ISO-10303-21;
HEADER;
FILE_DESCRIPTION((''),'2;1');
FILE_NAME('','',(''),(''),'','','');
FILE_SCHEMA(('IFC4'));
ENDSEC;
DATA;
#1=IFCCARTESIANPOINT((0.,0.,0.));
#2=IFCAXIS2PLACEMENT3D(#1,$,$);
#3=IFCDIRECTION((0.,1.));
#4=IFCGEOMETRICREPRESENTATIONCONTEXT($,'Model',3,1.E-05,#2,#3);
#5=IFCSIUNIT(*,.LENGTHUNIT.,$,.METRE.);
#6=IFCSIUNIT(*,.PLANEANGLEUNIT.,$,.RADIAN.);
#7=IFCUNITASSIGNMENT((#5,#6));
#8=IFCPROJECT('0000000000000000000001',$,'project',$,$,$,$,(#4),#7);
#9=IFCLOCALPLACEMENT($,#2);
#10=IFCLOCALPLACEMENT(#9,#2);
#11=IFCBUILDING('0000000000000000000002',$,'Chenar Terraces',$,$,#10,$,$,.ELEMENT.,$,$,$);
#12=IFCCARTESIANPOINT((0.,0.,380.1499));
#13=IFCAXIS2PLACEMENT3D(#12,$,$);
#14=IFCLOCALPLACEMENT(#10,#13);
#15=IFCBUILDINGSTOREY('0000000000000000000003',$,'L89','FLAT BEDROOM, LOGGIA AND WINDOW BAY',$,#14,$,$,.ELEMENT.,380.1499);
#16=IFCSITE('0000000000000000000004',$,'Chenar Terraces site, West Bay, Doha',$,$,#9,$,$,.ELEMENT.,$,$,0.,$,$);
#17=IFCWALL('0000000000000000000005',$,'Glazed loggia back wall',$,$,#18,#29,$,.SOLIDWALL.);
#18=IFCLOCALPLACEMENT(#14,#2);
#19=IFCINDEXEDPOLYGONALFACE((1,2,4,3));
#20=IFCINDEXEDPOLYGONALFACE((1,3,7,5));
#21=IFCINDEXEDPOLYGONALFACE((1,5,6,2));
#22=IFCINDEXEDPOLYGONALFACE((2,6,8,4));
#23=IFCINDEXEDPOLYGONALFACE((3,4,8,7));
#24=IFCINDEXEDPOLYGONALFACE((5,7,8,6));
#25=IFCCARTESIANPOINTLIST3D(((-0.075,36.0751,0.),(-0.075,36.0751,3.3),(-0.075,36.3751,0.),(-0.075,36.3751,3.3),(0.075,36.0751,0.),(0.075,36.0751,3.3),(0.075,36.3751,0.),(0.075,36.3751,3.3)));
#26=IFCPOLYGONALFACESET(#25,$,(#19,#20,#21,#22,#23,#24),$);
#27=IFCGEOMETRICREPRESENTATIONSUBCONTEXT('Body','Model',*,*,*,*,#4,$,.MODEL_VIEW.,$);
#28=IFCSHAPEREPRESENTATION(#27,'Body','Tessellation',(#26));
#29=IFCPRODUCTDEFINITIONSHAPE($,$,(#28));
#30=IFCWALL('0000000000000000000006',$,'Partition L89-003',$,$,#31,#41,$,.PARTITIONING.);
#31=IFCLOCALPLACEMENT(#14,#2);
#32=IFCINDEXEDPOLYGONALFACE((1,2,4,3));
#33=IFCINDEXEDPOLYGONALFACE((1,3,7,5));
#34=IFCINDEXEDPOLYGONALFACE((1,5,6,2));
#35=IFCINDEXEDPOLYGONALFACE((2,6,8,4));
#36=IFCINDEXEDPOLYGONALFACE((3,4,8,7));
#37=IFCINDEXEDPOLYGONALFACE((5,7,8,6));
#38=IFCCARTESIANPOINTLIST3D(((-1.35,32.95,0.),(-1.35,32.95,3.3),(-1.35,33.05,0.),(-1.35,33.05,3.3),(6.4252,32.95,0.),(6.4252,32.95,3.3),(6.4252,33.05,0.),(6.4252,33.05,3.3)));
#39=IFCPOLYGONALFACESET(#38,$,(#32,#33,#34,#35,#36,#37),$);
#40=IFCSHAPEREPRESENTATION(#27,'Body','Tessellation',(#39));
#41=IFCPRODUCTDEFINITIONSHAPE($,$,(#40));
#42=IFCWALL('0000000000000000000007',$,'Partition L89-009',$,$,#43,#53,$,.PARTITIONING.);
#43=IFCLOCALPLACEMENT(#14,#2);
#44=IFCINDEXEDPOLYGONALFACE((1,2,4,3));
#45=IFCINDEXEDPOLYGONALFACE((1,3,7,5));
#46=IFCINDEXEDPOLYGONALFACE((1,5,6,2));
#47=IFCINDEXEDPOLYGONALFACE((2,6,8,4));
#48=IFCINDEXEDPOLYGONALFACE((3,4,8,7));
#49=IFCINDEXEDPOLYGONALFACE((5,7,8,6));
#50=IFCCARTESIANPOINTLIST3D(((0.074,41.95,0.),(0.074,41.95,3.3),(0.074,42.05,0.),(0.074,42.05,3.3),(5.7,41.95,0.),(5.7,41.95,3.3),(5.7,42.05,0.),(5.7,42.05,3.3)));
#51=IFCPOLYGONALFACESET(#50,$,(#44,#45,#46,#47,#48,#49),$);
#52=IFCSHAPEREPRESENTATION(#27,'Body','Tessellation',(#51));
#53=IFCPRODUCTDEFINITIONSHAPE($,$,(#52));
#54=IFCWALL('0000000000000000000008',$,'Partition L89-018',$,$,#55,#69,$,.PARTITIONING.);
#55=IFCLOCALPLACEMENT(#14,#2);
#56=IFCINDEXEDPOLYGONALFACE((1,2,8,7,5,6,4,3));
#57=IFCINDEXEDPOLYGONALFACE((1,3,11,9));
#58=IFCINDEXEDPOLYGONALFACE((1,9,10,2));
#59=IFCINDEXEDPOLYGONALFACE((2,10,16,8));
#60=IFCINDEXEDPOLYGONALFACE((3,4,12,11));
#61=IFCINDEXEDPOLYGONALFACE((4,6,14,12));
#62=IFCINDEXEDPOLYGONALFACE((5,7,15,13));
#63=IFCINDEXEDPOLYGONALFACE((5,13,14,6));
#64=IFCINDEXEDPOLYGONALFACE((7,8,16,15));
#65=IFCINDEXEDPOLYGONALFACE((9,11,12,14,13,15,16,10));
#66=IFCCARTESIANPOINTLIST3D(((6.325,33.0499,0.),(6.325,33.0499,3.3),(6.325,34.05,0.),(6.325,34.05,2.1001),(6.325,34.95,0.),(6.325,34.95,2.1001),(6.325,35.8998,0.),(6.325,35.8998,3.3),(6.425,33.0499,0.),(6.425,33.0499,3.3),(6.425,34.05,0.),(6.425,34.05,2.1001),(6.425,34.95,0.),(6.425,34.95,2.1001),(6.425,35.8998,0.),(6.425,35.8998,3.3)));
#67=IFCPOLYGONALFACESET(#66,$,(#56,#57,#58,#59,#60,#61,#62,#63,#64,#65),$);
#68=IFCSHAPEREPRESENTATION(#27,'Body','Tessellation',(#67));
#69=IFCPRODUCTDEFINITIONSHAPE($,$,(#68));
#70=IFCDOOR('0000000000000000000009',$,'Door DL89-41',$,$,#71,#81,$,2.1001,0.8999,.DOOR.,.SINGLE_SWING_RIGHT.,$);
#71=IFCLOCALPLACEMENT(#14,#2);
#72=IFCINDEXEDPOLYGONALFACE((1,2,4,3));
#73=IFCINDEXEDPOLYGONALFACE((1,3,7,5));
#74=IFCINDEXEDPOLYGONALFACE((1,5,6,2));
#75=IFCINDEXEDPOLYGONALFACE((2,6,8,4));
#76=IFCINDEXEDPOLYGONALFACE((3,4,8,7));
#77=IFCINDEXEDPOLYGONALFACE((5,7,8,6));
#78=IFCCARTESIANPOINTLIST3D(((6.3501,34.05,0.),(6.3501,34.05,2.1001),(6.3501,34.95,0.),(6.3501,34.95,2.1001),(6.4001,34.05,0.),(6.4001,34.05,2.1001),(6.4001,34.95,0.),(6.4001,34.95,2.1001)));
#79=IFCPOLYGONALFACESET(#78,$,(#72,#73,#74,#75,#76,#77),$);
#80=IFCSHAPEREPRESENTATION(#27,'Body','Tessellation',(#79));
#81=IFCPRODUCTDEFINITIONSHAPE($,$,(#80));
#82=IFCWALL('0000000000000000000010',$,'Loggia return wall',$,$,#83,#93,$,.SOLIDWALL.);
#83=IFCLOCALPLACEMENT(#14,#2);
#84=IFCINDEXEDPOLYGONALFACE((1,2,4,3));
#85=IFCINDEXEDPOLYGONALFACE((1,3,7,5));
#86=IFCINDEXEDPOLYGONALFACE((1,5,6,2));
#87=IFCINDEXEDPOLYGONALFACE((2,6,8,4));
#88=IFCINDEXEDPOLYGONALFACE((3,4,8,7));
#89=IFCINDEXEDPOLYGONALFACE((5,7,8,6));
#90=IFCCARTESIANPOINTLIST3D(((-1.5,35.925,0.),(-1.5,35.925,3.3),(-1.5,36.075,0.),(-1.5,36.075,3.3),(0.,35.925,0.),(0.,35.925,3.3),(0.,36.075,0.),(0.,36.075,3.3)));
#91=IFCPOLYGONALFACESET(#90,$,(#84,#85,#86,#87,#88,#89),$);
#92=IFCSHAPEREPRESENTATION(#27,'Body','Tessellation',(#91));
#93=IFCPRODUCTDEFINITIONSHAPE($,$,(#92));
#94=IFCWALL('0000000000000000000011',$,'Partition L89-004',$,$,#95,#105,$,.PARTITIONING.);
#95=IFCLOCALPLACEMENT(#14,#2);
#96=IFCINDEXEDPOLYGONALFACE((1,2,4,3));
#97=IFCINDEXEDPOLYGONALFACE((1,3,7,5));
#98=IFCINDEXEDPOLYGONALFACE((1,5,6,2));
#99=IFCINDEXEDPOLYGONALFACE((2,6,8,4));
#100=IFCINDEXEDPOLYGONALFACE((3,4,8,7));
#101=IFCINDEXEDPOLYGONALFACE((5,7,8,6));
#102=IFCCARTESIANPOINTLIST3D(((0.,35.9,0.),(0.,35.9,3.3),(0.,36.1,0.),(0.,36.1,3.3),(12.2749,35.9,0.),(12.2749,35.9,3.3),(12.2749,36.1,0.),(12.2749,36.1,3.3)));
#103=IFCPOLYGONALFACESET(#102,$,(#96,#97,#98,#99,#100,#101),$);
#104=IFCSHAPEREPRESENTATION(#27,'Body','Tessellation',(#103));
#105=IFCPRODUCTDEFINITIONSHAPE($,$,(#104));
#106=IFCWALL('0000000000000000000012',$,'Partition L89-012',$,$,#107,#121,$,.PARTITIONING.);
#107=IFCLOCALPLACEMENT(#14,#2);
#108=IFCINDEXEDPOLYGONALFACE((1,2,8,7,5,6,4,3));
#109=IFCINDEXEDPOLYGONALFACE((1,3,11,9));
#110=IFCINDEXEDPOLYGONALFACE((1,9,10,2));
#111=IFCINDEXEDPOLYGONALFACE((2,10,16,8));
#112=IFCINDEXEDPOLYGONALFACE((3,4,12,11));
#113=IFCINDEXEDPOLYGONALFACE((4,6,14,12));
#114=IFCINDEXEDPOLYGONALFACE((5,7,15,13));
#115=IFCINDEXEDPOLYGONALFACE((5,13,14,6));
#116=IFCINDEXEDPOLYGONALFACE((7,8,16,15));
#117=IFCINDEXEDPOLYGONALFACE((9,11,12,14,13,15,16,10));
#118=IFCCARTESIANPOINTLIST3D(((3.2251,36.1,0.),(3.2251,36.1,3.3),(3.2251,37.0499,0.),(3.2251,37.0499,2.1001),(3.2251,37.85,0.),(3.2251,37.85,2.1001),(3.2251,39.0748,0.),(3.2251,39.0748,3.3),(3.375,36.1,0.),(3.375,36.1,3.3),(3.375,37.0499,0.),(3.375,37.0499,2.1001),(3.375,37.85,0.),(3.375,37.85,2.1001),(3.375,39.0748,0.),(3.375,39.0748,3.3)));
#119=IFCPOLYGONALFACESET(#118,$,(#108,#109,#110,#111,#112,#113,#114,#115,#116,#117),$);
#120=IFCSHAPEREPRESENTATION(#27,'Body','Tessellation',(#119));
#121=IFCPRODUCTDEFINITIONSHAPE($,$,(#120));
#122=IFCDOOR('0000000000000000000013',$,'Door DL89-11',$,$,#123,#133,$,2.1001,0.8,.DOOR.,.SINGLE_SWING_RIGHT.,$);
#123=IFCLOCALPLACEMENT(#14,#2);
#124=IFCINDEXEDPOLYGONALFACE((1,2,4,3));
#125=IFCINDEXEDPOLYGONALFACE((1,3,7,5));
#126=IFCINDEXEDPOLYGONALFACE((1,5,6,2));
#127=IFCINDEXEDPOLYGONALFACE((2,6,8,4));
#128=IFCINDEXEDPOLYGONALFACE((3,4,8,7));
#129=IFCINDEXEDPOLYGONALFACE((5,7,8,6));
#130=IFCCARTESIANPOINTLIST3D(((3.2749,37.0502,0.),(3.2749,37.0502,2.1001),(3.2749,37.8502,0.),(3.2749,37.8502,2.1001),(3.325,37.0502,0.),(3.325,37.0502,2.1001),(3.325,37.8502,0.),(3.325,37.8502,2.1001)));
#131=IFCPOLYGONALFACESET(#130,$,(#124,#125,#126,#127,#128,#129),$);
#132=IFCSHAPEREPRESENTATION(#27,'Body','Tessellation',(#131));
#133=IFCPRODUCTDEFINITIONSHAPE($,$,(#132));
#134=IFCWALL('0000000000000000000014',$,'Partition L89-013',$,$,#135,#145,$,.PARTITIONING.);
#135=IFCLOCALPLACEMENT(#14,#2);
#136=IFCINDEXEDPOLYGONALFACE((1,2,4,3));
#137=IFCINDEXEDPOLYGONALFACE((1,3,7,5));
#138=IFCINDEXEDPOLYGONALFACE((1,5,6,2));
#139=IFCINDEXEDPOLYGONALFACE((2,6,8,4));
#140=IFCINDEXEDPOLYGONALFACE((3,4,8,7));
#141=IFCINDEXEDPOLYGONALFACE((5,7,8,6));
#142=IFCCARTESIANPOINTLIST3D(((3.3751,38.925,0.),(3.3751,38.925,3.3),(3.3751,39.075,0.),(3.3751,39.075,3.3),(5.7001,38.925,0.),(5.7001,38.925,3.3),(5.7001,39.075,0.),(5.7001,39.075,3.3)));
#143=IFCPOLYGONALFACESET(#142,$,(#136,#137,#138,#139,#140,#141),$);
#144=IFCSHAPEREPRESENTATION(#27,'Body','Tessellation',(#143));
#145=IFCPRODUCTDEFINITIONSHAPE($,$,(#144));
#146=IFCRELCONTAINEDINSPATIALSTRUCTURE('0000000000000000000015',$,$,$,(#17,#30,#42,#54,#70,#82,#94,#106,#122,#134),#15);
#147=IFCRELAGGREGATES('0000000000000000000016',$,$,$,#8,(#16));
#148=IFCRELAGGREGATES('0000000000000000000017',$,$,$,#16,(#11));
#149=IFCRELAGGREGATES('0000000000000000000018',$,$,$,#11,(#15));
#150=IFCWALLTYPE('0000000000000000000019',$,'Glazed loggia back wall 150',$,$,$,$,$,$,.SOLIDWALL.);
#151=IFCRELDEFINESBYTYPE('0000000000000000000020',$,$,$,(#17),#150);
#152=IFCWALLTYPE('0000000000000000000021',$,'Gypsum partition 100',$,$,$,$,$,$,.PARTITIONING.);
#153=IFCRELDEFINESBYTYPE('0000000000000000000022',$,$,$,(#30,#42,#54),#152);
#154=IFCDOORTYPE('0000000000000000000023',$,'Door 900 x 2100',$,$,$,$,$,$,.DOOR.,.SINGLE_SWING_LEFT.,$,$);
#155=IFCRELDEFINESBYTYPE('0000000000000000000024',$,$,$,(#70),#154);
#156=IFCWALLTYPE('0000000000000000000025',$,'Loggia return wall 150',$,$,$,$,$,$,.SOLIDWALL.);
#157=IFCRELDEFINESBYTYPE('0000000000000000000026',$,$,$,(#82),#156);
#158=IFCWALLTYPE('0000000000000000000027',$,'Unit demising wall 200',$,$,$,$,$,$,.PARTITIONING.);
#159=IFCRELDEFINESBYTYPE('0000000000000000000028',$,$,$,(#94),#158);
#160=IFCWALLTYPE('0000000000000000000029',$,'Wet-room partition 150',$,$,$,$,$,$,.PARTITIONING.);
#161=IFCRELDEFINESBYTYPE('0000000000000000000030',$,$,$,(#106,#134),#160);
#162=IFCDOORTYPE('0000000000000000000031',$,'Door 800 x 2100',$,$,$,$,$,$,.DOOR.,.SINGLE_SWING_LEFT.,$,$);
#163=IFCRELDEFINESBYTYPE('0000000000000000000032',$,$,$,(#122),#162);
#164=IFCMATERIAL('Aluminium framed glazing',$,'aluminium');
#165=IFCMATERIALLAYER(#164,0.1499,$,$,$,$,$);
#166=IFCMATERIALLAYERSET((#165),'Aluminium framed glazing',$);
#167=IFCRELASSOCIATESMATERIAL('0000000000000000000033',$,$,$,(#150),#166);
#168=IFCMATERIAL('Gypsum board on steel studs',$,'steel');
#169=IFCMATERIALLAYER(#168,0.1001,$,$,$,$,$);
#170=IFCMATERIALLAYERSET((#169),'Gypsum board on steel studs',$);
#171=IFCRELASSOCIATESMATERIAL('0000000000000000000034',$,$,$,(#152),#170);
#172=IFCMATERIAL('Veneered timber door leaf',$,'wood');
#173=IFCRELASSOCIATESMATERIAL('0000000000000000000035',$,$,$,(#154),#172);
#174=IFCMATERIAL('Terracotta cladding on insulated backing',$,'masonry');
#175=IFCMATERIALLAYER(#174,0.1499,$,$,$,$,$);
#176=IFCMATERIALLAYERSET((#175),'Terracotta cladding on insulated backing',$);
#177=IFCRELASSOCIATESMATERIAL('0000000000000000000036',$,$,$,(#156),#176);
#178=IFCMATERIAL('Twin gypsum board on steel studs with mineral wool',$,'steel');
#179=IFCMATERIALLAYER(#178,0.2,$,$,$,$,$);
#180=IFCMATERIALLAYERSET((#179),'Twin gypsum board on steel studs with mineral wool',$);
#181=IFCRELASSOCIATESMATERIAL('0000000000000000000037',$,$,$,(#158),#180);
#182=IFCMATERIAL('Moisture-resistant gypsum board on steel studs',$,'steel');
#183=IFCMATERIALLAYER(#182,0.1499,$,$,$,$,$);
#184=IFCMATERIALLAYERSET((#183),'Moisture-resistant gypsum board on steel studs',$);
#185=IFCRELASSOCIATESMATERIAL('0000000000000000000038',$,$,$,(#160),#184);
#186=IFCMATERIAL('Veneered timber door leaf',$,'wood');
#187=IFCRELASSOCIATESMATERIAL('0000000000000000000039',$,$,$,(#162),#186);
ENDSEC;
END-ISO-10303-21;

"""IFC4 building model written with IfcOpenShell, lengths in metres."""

from ifc_helpers import new_model, si_unit, direction, frame, frame_2d, origin, place, context, subcontext, project, spatial, rectangle, extrude, material, layer, layer_set, type_object, element, fill, save


model = new_model("IFC4")

# Units and contexts
model_context = context("Model", 3, precision=1e-05, world=origin(), true_north=direction((0.0, 1.0)))
body_context = subcontext(model_context, "Body", "Model", "MODEL_VIEW")
ifc_project = project(units=[si_unit("LENGTHUNIT", "METRE"), si_unit("PLANEANGLEUNIT", "RADIAN")], contexts=[model_context])

# Site, building, storey
site_placement = place(None, origin())
site = spatial("IfcSite", under=ifc_project, at=site_placement, Name="Chenar Terraces site, West Bay, Doha", CompositionType="ELEMENT", RefElevation=0.0)
building_placement = place(site_placement, origin())
building = spatial("IfcBuilding", under=site, at=building_placement, Name="Chenar Terraces", CompositionType="ELEMENT")
storey_placement = place(building_placement, frame((0.0, 0.0, 380.1499)))
storey = spatial("IfcBuildingStorey", under=building, at=storey_placement, Name="L89", Description="FLAT BEDROOM, LOGGIA AND WINDOW BAY", CompositionType="ELEMENT", Elevation=380.1499)

# Shared definitions
placement = place(storey_placement, frame((0.0, 36.0, 0.0), z_axis=(0.0, 0.0, 1.0), x_axis=(1.0, 0.0, 0.0)))

# Shared definitions
ifc_material_1 = material(Name="Aluminium framed glazing", Category="aluminium")
ifc_layer_1 = layer(ifc_material_1, 0.1499)
ifc_layer_set_1 = layer_set([ifc_layer_1], Name="Aluminium framed glazing")
wall_type_1 = type_object("IfcWallType", Name="Glazed loggia back wall 150", PredefinedType="SOLIDWALL", material=ifc_layer_set_1)

# Walls
wall_1_placement = place(storey_placement, frame((0.0, 36.375, 0.0), z_axis=(0.0, 0.0, 1.0), x_axis=(0.0, -1.0, 0.0)))
element("IfcWall", 1, at=wall_1_placement, inside=storey, type_object=wall_type_1, Name="Glazed loggia back wall", PredefinedType="SOLIDWALL", context=body_context, shape_type="SweptSolid", body=[
    extrude(rectangle(XDim=0.3, YDim=0.1499, at=frame_2d((0.1499, 0.0))), origin(), (0.0, 0.0, 1.0), 3.3),
])
ifc_material_2 = material(Name="Gypsum board on steel studs", Category="steel")
ifc_layer_2 = layer(ifc_material_2, 0.1001)
ifc_layer_set_2 = layer_set([ifc_layer_2], Name="Gypsum board on steel studs")
wall_type_2 = type_object("IfcWallType", Name="Gypsum partition 100", PredefinedType="PARTITIONING", material=ifc_layer_set_2)
wall_2_placement = place(storey_placement, frame((-1.3501, 33.0, 0.0), z_axis=(0.0, 0.0, 1.0), x_axis=(1.0, 0.0, 0.0)))
element("IfcWall", 2, at=wall_2_placement, inside=storey, type_object=wall_type_2, Name="Partition L89-003", PredefinedType="PARTITIONING", context=body_context, shape_type="SweptSolid", body=[
    extrude(rectangle(XDim=7.7751, YDim=0.1001, at=frame_2d((3.8877, 0.0))), origin(), (0.0, 0.0, 1.0), 3.3),
])
wall_3_placement = place(storey_placement, frame((0.074, 42.0, 0.0), z_axis=(0.0, 0.0, 1.0), x_axis=(1.0, 0.0, 0.0)))
element("IfcWall", 3, at=wall_3_placement, inside=storey, type_object=wall_type_2, Name="Partition L89-009", PredefinedType="PARTITIONING", context=body_context, shape_type="SweptSolid", body=[
    extrude(rectangle(XDim=5.626, YDim=0.1001, at=frame_2d((2.813, 0.0))), origin(), (0.0, 0.0, 1.0), 3.3),
])

# Wall, opening, door
wall_4_placement = place(storey_placement, frame((6.375, 33.05, 0.0), z_axis=(0.0, 0.0, 1.0), x_axis=(0.0, 1.0, 0.0)))
wall_4 = element("IfcWall", 4, at=wall_4_placement, inside=storey, type_object=wall_type_2, Name="Partition L89-018", PredefinedType="PARTITIONING", context=body_context, shape_type="SweptSolid", body=[
    extrude(rectangle(XDim=2.8499, YDim=0.1001, at=frame_2d((1.4248, 0.0))), origin(), (0.0, 0.0, 1.0), 3.3),
])
opening_1_placement = place(wall_4_placement, frame((1.0, 0.0, 0.0)))
opening_1 = element("IfcOpeningElement", 5, at=opening_1_placement, cuts=wall_4, PredefinedType="OPENING", context=body_context, shape_type="SweptSolid", body=[
    extrude(rectangle(XDim=0.8999, YDim=2.1001, at=frame_2d((0.45, 1.05))), frame((0.0, 0.0601, 0.0), z_axis=(0.0, -1.0, 0.0), x_axis=(1.0, 0.0, 0.0)), (0.0, 0.0, 1.0), 0.1201),
])
ifc_material_3 = material(Name="Veneered timber door leaf", Category="wood")
door_type_1 = type_object("IfcDoorType", Name="Door 900 x 2100", OperationType="SINGLE_SWING_LEFT", PredefinedType="DOOR", material=ifc_material_3)
door_1_placement = place(opening_1_placement, origin())
door_1 = element("IfcDoor", 6, at=door_1_placement, inside=storey, type_object=door_type_1, Name="Door DL89-41", OperationType="SINGLE_SWING_RIGHT", OverallHeight=2.1001, OverallWidth=0.8999, PredefinedType="DOOR", context=body_context, shape_type="SweptSolid", body=[
    extrude(rectangle(XDim=0.8999, YDim=2.1001, at=frame_2d((0.45, 1.05))), frame((0.0, 0.0249, 0.0), z_axis=(0.0, -1.0, 0.0), x_axis=(1.0, 0.0, 0.0)), (0.0, 0.0, 1.0), 0.05),
])
fill(opening_1, door_1)

# Walls
ifc_material_4 = material(Name="Terracotta cladding on insulated backing", Category="masonry")
ifc_layer_3 = layer(ifc_material_4, 0.1499)
ifc_layer_set_3 = layer_set([ifc_layer_3], Name="Terracotta cladding on insulated backing")
wall_type_3 = type_object("IfcWallType", Name="Loggia return wall 150", PredefinedType="SOLIDWALL", material=ifc_layer_set_3)
wall_5_placement = place(storey_placement, frame((-1.5, 36.0, 0.0), z_axis=(0.0, 0.0, 1.0), x_axis=(1.0, 0.0, 0.0)))
element("IfcWall", 7, at=wall_5_placement, inside=storey, type_object=wall_type_3, Name="Loggia return wall", PredefinedType="SOLIDWALL", context=body_context, shape_type="SweptSolid", body=[
    extrude(rectangle(XDim=1.5, YDim=0.1499, at=frame_2d((0.75, 0.0))), origin(), (0.0, 0.0, 1.0), 3.3),
])
ifc_material_5 = material(Name="Twin gypsum board on steel studs with mineral wool", Category="steel")
ifc_layer_4 = layer(ifc_material_5, 0.2)
ifc_layer_set_4 = layer_set([ifc_layer_4], Name="Twin gypsum board on steel studs with mineral wool")
wall_type_4 = type_object("IfcWallType", Name="Unit demising wall 200", PredefinedType="PARTITIONING", material=ifc_layer_set_4)
element("IfcWall", 8, at=placement, inside=storey, type_object=wall_type_4, Name="Partition L89-004", PredefinedType="PARTITIONING", context=body_context, shape_type="SweptSolid", body=[
    extrude(rectangle(XDim=12.2749, YDim=0.2, at=frame_2d((6.1375, 0.0))), origin(), (0.0, 0.0, 1.0), 3.3),
])

# Wall, opening, door
ifc_material_6 = material(Name="Moisture-resistant gypsum board on steel studs", Category="steel")
ifc_layer_5 = layer(ifc_material_6, 0.1499)
ifc_layer_set_5 = layer_set([ifc_layer_5], Name="Moisture-resistant gypsum board on steel studs")
wall_type_5 = type_object("IfcWallType", Name="Wet-room partition 150", PredefinedType="PARTITIONING", material=ifc_layer_set_5)
wall_6_placement = place(storey_placement, frame((3.3, 36.1001, 0.0), z_axis=(0.0, 0.0, 1.0), x_axis=(0.0, 1.0, 0.0)))
wall_6 = element("IfcWall", 9, at=wall_6_placement, inside=storey, type_object=wall_type_5, Name="Partition L89-012", PredefinedType="PARTITIONING", context=body_context, shape_type="SweptSolid", body=[
    extrude(rectangle(XDim=2.9749, YDim=0.1499, at=frame_2d((1.4873, 0.0))), origin(), (0.0, 0.0, 1.0), 3.3),
])
opening_2_placement = place(wall_6_placement, frame((0.95, 0.0, 0.0)))
opening_2 = element("IfcOpeningElement", 10, at=opening_2_placement, cuts=wall_6, PredefinedType="OPENING", context=body_context, shape_type="SweptSolid", body=[
    extrude(rectangle(XDim=0.8, YDim=2.1001, at=frame_2d((0.3999, 1.05))), frame((0.0, 0.085, 0.0), z_axis=(0.0, -1.0, 0.0), x_axis=(1.0, 0.0, 0.0)), (0.0, 0.0, 1.0), 0.1699),
])
ifc_material_7 = material(Name="Veneered timber door leaf", Category="wood")
door_type_2 = type_object("IfcDoorType", Name="Door 800 x 2100", OperationType="SINGLE_SWING_LEFT", PredefinedType="DOOR", material=ifc_material_7)
door_2_placement = place(opening_2_placement, frame((0.8, 0.0, 0.0), z_axis=(0.0, 0.0, 1.0), x_axis=(-1.0, 0.0, 0.0)))
door_2 = element("IfcDoor", 11, at=door_2_placement, inside=storey, type_object=door_type_2, Name="Door DL89-11", OperationType="SINGLE_SWING_RIGHT", OverallHeight=2.1001, OverallWidth=0.8, PredefinedType="DOOR", context=body_context, shape_type="SweptSolid", body=[
    extrude(rectangle(XDim=0.8, YDim=2.1001, at=frame_2d((0.3999, 1.05))), frame((0.0, 0.0249, 0.0), z_axis=(0.0, -1.0, 0.0), x_axis=(1.0, 0.0, 0.0)), (0.0, 0.0, 1.0), 0.05),
])
fill(opening_2, door_2)

# Wall
wall_7_placement = place(storey_placement, frame((3.375, 39.0, 0.0), z_axis=(0.0, 0.0, 1.0), x_axis=(1.0, 0.0, 0.0)))
element("IfcWall", 12, at=wall_7_placement, inside=storey, type_object=wall_type_5, Name="Partition L89-013", PredefinedType="PARTITIONING", context=body_context, shape_type="SweptSolid", body=[
    extrude(rectangle(XDim=2.325, YDim=0.1499, at=frame_2d((1.1626, 0.0))), origin(), (0.0, 0.0, 1.0), 3.3),
])

save(model, "model.ifc")
